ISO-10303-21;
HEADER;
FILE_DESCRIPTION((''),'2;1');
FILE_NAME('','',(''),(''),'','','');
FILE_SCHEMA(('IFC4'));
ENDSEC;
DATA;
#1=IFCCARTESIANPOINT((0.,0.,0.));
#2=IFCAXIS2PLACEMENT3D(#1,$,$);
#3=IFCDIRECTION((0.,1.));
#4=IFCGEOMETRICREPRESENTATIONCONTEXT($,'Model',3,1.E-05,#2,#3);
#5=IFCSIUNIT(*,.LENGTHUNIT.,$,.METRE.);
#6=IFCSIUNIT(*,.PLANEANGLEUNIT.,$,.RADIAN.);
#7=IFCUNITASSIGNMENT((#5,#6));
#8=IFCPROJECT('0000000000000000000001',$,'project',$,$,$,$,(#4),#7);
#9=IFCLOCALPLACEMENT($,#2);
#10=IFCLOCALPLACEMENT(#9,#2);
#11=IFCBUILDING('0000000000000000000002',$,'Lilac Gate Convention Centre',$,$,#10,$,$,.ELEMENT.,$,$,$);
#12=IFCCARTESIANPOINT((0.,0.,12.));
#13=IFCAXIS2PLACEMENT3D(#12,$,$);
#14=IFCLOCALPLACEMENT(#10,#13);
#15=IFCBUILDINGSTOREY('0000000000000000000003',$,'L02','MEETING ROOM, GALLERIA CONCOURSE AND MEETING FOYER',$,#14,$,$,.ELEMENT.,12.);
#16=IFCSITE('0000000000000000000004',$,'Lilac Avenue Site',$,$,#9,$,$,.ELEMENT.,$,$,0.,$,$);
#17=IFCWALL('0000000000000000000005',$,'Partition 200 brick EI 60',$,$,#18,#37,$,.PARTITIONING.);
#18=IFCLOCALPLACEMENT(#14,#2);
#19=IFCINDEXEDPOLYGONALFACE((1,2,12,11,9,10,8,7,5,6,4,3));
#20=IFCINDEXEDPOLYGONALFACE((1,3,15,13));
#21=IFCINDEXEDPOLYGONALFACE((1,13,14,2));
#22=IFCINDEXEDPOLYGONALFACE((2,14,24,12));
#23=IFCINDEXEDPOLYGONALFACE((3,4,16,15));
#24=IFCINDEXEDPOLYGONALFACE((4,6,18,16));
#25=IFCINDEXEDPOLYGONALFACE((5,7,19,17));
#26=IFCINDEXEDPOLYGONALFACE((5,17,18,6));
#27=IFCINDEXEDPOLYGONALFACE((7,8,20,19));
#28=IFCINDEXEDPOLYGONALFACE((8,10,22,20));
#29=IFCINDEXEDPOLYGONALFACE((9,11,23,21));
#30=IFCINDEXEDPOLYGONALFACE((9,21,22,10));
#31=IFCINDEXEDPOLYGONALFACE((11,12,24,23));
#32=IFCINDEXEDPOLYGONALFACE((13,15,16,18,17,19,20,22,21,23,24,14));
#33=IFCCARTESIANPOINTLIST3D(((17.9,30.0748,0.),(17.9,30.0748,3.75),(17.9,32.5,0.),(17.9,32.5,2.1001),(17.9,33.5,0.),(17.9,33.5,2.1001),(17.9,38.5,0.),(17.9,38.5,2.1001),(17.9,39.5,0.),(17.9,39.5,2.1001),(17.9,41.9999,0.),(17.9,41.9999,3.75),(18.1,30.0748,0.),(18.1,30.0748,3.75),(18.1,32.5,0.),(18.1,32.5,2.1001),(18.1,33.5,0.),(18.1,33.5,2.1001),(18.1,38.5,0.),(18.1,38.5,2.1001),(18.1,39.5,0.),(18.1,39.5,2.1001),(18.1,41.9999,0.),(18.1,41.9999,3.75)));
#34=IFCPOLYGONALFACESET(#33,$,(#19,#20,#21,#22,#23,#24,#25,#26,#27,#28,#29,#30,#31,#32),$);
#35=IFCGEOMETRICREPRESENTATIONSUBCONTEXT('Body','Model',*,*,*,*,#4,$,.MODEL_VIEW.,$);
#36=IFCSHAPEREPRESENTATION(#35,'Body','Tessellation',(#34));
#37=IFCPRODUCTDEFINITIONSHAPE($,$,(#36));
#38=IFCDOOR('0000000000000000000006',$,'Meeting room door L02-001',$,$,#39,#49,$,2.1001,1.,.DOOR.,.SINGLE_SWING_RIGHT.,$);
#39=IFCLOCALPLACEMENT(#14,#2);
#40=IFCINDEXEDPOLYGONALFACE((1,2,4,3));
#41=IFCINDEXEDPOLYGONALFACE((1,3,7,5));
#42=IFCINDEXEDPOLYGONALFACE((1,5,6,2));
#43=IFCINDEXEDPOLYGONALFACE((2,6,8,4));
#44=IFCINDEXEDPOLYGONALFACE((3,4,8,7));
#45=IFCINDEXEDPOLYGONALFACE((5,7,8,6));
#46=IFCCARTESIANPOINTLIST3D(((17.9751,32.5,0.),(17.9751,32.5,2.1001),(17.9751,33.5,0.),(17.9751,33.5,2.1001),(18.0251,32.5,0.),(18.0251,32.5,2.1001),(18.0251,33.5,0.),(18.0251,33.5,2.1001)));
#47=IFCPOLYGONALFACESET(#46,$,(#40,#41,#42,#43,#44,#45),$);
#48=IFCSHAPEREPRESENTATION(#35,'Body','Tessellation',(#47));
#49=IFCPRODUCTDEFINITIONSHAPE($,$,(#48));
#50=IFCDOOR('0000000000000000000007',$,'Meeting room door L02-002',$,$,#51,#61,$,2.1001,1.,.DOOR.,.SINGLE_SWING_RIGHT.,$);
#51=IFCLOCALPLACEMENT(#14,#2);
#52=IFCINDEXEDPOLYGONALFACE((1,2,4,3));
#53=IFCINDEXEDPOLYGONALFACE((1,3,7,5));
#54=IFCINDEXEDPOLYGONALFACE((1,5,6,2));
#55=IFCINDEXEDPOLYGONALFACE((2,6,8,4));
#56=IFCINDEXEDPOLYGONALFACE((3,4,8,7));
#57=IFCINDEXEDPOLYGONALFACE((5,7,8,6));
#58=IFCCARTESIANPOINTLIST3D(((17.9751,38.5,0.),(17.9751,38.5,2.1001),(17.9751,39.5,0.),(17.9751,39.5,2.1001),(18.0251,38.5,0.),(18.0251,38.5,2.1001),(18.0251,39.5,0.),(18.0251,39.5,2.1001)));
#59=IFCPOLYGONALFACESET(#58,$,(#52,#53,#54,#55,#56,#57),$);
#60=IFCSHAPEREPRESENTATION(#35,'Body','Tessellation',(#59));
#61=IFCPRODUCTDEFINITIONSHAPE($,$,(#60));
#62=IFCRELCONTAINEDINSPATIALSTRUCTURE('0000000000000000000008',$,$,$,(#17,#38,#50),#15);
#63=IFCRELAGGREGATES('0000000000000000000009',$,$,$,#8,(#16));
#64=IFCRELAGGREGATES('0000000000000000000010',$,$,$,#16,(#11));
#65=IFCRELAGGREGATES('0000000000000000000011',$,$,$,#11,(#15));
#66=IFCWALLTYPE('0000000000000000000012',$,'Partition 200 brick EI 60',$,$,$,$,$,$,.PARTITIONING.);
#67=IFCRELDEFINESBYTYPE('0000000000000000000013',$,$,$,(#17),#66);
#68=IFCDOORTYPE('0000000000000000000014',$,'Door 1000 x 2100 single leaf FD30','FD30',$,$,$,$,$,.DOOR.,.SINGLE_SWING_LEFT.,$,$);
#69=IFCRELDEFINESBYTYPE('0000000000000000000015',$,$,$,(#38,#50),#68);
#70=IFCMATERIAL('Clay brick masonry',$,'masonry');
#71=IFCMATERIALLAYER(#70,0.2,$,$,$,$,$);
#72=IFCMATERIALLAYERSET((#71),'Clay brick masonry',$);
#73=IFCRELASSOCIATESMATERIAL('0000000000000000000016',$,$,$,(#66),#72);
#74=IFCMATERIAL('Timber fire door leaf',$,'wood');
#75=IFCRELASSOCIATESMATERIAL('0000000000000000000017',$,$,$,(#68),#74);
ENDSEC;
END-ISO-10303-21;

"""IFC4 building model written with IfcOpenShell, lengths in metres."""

from ifc_helpers import new_model, si_unit, direction, frame, frame_2d, origin, place, context, subcontext, project, spatial, rectangle, extrude, material, layer, layer_set, type_object, element, fill, save


model = new_model("IFC4")

# Units and contexts
model_context = context("Model", 3, precision=1e-05, world=origin(), true_north=direction((0.0, 1.0)))
body_context = subcontext(model_context, "Body", "Model", "MODEL_VIEW")
ifc_project = project(units=[si_unit("LENGTHUNIT", "METRE"), si_unit("PLANEANGLEUNIT", "RADIAN")], contexts=[model_context])

# Site, building, storey
site_placement = place(None, origin())
site = spatial("IfcSite", under=ifc_project, at=site_placement, Name="Lilac Avenue Site", CompositionType="ELEMENT", RefElevation=0.0)
building_placement = place(site_placement, origin())
building = spatial("IfcBuilding", under=site, at=building_placement, Name="Lilac Gate Convention Centre", CompositionType="ELEMENT")
storey_placement = place(building_placement, frame((0.0, 0.0, 12.0)))
storey = spatial("IfcBuildingStorey", under=building, at=storey_placement, Name="L02", Description="MEETING ROOM, GALLERIA CONCOURSE AND MEETING FOYER", CompositionType="ELEMENT", Elevation=12.0)

# Wall, openings, doors
ifc_material_1 = material(Name="Clay brick masonry", Category="masonry")
ifc_layer_1 = layer(ifc_material_1, 0.2)
ifc_layer_set_1 = layer_set([ifc_layer_1], Name="Clay brick masonry")
wall_type = type_object("IfcWallType", Name="Partition 200 brick EI 60", PredefinedType="PARTITIONING", material=ifc_layer_set_1)
wall_placement = place(storey_placement, frame((18.0, 30.075, 0.0), z_axis=(0.0, 0.0, 1.0), x_axis=(0.0, 1.0, 0.0)))
wall = element("IfcWall", 1, at=wall_placement, inside=storey, type_object=wall_type, Name="Partition 200 brick EI 60", PredefinedType="PARTITIONING", context=body_context, shape_type="SweptSolid", body=[
    extrude(rectangle(XDim=11.925, YDim=0.2, at=frame_2d((5.9624, 0.0))), origin(), (0.0, 0.0, 1.0), 3.75),
])
opening_1_placement = place(wall_placement, frame((2.425, 0.0, 0.0)))
opening_1 = element("IfcOpeningElement", 2, at=opening_1_placement, cuts=wall, PredefinedType="OPENING", context=body_context, shape_type="SweptSolid", body=[
    extrude(rectangle(XDim=1.0, YDim=2.1001, at=frame_2d((0.5, 1.05))), frame((0.0, 0.1099, 0.0), z_axis=(0.0, -1.0, 0.0), x_axis=(1.0, 0.0, 0.0)), (0.0, 0.0, 1.0), 0.22),
])
opening_2_placement = place(wall_placement, frame((8.425, 0.0, 0.0)))
opening_2 = element("IfcOpeningElement", 3, at=opening_2_placement, cuts=wall, PredefinedType="OPENING", context=body_context, shape_type="SweptSolid", body=[
    extrude(rectangle(XDim=1.0, YDim=2.1001, at=frame_2d((0.5, 1.05))), frame((0.0, 0.1099, 0.0), z_axis=(0.0, -1.0, 0.0), x_axis=(1.0, 0.0, 0.0)), (0.0, 0.0, 1.0), 0.22),
])
ifc_material_2 = material(Name="Timber fire door leaf", Category="wood")
door_type = type_object("IfcDoorType", Name="Door 1000 x 2100 single leaf FD30", Description="FD30", OperationType="SINGLE_SWING_LEFT", PredefinedType="DOOR", material=ifc_material_2)
door_1_placement = place(opening_1_placement, origin())
door_1 = element("IfcDoor", 4, at=door_1_placement, inside=storey, type_object=door_type, Name="Meeting room door L02-001", OperationType="SINGLE_SWING_RIGHT", OverallHeight=2.1001, OverallWidth=1.0, PredefinedType="DOOR", context=body_context, shape_type="SweptSolid", body=[
    extrude(rectangle(XDim=1.0, YDim=2.1001, at=frame_2d((0.5, 1.05))), frame((0.0, 0.0249, 0.0), z_axis=(0.0, -1.0, 0.0), x_axis=(1.0, 0.0, 0.0)), (0.0, 0.0, 1.0), 0.05),
])
fill(opening_1, door_1)
door_2_placement = place(opening_2_placement, origin())
door_2 = element("IfcDoor", 5, at=door_2_placement, inside=storey, type_object=door_type, Name="Meeting room door L02-002", OperationType="SINGLE_SWING_RIGHT", OverallHeight=2.1001, OverallWidth=1.0, PredefinedType="DOOR", context=body_context, shape_type="SweptSolid", body=[
    extrude(rectangle(XDim=1.0, YDim=2.1001, at=frame_2d((0.5, 1.05))), frame((0.0, 0.0249, 0.0), z_axis=(0.0, -1.0, 0.0), x_axis=(1.0, 0.0, 0.0)), (0.0, 0.0, 1.0), 0.05),
])
fill(opening_2, door_2)

save(model, "model.ifc")
